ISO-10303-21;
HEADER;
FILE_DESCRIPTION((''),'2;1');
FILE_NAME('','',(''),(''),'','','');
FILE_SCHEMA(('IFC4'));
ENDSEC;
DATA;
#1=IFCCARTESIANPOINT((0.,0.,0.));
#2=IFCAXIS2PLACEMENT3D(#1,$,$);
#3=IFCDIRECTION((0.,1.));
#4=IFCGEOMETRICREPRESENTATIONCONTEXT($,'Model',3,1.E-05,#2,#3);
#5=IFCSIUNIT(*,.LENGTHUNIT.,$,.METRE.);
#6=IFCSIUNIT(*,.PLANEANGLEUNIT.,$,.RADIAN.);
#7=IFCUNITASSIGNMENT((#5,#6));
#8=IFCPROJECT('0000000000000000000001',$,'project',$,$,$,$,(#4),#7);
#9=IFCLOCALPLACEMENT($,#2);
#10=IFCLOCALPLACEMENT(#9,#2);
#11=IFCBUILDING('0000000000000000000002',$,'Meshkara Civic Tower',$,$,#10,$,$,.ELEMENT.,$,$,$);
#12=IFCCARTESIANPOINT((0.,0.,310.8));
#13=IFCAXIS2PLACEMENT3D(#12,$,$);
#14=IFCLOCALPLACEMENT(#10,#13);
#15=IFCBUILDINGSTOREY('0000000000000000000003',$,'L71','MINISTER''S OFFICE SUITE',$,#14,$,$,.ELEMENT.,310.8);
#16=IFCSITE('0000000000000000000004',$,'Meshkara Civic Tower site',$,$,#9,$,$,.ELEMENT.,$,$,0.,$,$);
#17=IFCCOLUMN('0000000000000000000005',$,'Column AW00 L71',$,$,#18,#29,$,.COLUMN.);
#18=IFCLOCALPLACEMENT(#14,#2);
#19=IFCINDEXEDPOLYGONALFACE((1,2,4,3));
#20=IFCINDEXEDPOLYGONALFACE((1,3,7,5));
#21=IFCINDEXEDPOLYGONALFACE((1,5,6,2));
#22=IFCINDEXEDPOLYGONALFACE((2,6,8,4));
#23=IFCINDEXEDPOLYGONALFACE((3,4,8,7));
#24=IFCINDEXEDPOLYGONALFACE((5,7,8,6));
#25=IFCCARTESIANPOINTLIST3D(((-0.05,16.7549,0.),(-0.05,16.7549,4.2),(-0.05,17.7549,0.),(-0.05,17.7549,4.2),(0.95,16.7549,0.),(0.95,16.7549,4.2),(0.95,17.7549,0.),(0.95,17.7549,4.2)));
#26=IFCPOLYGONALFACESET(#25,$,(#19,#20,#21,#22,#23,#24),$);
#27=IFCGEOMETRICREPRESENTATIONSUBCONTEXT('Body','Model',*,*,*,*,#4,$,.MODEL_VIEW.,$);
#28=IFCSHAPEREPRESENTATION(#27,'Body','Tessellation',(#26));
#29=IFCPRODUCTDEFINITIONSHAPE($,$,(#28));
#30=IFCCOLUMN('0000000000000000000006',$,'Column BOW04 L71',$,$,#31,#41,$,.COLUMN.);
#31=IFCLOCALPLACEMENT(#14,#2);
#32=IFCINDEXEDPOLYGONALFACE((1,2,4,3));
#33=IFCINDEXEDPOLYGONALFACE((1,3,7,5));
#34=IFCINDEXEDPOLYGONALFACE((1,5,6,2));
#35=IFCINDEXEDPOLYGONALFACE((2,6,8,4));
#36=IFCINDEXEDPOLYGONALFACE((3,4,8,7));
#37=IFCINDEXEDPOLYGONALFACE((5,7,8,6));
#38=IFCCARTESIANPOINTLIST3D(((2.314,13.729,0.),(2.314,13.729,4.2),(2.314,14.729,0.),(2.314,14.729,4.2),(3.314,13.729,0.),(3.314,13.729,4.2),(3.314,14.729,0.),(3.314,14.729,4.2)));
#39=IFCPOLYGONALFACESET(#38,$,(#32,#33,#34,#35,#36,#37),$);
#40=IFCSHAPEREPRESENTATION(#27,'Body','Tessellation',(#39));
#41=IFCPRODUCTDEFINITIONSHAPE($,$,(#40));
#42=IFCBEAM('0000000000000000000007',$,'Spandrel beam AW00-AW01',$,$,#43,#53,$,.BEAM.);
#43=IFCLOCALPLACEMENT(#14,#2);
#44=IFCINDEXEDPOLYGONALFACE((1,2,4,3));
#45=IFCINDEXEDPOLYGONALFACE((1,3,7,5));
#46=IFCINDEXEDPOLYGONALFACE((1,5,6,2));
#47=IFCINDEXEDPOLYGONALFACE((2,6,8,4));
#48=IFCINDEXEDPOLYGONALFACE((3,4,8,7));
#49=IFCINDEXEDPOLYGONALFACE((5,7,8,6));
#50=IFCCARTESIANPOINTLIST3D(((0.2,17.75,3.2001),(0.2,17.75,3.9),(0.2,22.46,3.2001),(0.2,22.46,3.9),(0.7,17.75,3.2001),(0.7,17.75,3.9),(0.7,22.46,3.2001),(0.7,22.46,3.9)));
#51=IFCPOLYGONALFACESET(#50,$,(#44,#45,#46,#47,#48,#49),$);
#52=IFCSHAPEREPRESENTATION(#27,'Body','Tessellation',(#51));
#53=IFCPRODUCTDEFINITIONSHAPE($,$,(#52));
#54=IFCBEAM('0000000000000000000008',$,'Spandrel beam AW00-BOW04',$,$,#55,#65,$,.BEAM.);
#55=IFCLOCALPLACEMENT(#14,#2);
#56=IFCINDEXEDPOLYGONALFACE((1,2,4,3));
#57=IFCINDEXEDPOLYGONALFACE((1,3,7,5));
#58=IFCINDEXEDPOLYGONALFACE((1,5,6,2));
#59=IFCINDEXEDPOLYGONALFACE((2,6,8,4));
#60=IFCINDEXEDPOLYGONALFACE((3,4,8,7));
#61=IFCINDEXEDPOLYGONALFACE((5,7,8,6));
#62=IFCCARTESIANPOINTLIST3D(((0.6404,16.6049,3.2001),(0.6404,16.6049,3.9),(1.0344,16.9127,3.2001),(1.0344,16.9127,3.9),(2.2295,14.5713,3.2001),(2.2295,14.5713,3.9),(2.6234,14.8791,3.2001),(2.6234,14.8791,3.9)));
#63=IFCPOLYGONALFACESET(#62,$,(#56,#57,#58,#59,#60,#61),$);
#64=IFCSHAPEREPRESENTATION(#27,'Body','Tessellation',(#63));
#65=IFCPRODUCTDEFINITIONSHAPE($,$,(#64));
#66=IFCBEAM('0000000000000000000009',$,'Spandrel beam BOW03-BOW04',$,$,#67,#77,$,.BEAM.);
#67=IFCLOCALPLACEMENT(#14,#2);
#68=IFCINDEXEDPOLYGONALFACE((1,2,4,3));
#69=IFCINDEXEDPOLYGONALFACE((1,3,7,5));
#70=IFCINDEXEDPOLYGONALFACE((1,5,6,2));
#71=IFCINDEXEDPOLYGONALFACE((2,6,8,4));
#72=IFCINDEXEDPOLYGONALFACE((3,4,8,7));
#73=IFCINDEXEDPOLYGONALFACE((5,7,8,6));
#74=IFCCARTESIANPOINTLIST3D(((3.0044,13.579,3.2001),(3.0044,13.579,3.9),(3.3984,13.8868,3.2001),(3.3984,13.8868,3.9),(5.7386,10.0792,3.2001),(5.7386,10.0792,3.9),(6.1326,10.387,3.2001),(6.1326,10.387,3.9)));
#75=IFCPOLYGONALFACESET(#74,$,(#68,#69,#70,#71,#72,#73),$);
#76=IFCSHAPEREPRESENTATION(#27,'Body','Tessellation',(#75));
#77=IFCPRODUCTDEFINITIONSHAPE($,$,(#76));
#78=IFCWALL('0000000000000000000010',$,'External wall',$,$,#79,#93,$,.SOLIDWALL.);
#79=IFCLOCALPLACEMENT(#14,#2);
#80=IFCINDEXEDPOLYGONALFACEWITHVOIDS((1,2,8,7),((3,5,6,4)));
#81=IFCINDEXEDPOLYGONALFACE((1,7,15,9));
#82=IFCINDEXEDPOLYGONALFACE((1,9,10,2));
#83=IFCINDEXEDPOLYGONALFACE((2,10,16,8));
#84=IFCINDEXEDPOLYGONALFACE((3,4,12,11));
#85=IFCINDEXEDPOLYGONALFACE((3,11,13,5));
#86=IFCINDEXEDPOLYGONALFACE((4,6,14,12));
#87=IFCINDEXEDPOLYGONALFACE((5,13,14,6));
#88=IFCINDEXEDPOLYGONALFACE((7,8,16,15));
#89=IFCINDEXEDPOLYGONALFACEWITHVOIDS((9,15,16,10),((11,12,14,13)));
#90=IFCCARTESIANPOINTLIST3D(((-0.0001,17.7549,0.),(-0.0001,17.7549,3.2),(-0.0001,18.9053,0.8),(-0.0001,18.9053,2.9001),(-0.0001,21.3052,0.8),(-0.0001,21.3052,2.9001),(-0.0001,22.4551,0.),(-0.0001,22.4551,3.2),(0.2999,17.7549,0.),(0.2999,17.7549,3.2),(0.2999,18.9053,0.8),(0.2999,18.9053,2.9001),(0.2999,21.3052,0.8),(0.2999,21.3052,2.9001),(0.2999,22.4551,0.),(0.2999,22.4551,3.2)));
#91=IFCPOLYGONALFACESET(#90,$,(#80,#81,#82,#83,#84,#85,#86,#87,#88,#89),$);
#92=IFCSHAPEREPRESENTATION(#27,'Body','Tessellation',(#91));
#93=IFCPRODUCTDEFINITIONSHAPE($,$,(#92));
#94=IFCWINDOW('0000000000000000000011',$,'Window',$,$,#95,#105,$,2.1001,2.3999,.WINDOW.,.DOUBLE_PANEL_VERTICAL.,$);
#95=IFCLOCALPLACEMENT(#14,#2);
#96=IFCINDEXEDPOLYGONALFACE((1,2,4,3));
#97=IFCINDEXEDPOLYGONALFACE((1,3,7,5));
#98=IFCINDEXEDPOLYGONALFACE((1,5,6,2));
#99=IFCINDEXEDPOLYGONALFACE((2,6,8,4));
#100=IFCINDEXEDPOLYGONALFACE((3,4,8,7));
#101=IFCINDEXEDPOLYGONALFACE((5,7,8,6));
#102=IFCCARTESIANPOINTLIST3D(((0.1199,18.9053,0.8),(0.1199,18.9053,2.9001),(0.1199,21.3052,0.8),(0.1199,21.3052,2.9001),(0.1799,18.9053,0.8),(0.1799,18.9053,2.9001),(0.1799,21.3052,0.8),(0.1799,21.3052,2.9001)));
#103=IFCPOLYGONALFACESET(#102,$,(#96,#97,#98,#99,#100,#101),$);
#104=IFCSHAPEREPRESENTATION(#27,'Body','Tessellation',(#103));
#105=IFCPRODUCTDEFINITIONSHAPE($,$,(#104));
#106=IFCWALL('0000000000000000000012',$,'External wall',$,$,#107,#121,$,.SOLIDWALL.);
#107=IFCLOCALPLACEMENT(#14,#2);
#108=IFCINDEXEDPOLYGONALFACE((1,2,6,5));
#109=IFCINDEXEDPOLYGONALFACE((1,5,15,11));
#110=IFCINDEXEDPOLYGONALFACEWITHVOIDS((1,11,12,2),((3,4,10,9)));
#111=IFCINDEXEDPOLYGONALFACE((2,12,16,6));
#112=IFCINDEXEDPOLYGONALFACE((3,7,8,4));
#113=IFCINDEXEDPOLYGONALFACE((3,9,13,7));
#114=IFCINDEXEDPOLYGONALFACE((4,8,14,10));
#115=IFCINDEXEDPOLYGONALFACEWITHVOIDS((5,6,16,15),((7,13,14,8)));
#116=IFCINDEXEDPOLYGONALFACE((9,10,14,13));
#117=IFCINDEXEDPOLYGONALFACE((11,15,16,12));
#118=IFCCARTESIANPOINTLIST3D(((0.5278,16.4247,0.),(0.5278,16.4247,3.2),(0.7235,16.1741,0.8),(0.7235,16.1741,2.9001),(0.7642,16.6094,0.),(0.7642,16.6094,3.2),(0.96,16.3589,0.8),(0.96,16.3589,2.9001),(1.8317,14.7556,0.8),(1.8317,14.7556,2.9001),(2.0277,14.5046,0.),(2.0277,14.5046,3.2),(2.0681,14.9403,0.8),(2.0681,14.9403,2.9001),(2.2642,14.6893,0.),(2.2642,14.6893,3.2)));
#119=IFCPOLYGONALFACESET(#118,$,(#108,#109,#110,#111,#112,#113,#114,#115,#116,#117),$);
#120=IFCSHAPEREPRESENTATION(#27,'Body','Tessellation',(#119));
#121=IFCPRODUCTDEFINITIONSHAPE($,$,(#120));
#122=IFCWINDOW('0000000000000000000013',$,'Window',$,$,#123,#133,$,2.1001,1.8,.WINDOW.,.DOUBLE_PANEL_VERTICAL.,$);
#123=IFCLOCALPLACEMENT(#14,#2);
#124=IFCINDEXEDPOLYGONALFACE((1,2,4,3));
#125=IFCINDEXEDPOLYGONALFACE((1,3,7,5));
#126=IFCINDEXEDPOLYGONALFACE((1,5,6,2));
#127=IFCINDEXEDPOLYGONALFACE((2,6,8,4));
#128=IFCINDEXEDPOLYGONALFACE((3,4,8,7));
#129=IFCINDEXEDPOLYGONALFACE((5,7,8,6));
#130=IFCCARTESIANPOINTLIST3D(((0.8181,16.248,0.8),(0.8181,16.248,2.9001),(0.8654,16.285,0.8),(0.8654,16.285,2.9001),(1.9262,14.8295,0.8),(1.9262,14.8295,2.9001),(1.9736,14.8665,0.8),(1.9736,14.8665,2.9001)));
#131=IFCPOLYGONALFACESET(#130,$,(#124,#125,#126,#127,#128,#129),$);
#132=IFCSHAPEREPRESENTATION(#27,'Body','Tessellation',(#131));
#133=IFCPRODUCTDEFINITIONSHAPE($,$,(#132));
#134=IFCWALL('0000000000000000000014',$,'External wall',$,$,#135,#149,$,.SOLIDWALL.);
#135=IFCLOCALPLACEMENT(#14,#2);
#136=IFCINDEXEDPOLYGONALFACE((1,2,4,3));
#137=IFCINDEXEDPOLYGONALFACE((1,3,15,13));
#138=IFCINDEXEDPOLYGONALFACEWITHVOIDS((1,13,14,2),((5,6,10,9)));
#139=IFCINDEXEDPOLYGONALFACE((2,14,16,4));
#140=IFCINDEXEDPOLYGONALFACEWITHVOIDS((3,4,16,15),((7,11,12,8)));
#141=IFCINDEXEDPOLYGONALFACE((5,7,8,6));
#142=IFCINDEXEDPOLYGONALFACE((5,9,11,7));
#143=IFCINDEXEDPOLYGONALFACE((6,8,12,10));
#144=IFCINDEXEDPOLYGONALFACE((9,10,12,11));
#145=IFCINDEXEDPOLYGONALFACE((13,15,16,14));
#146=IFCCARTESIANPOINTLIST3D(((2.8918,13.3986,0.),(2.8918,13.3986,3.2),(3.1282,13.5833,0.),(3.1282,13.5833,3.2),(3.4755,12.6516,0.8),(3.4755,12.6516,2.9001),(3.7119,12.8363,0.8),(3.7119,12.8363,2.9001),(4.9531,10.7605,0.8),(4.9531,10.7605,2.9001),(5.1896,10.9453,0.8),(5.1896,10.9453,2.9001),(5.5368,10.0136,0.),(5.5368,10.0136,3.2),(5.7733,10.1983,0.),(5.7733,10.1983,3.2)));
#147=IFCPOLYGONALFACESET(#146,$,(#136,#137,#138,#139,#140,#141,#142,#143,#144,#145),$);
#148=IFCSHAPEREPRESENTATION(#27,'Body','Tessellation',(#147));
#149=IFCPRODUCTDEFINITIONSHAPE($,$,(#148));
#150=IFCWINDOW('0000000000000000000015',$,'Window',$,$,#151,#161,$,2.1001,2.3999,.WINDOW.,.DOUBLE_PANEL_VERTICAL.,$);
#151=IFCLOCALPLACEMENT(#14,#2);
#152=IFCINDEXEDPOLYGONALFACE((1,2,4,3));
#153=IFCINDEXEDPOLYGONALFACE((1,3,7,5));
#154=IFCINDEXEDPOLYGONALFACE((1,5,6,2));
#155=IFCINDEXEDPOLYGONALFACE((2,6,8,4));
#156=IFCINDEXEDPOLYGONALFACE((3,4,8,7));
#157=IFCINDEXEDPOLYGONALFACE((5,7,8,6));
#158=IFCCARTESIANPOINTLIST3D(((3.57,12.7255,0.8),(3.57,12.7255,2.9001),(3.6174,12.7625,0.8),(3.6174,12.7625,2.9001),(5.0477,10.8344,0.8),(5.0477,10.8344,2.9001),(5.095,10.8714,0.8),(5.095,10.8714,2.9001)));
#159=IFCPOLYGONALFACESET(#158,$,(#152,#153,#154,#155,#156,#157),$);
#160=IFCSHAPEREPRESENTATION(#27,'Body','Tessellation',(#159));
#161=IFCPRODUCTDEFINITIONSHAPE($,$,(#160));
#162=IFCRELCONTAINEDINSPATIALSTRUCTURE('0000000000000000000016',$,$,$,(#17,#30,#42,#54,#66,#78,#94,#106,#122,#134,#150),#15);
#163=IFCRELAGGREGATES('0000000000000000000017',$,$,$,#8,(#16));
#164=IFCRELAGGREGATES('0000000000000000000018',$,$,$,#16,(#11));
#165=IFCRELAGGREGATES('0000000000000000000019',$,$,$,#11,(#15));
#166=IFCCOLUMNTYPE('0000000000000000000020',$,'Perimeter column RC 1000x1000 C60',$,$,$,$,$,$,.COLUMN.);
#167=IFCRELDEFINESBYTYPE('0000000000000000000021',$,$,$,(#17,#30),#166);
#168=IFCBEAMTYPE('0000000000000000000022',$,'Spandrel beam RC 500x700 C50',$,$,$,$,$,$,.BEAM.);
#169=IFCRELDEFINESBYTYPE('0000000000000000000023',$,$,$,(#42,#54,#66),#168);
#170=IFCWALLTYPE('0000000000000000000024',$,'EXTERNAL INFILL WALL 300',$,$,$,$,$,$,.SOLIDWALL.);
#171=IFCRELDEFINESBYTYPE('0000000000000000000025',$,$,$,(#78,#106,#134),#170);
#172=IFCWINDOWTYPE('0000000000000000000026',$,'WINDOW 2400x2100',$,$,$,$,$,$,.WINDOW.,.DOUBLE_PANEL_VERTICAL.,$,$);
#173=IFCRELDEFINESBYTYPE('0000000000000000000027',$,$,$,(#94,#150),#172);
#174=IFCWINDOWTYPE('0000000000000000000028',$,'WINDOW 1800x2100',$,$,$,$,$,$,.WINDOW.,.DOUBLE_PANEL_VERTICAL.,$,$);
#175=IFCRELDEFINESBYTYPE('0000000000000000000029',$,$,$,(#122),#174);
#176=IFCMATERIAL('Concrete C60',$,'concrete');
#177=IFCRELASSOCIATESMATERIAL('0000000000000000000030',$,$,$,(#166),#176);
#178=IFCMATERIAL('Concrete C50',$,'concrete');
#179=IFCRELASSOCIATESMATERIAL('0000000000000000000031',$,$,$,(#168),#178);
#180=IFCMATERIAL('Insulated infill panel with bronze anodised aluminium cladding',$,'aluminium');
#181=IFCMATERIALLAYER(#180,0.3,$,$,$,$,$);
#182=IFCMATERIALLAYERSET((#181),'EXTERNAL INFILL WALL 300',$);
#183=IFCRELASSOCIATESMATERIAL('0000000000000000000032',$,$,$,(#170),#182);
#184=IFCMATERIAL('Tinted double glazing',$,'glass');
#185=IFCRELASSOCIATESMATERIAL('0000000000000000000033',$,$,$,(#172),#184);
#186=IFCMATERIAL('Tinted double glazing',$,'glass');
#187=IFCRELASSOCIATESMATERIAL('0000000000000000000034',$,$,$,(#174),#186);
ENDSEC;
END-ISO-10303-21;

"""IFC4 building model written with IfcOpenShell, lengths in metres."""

from ifc_helpers import new_model, si_unit, direction, frame, frame_2d, origin, origin_2d, place, context, subcontext, project, spatial, rectangle, extrude, material, layer, layer_set, material_profile, profile_set, type_object, element, fill, save


model = new_model("IFC4")

# Units and contexts
model_context = context("Model", 3, precision=1e-05, world=origin(), true_north=direction((0.0, 1.0)))
body_context = subcontext(model_context, "Body", "Model", "MODEL_VIEW")
ifc_project = project(units=[si_unit("LENGTHUNIT", "METRE"), si_unit("PLANEANGLEUNIT", "RADIAN")], contexts=[model_context])

# Site, building, storey
site_placement = place(None, origin())
site = spatial("IfcSite", under=ifc_project, at=site_placement, Name="Meshkara Civic Tower site", CompositionType="ELEMENT", RefElevation=0.0)
building_placement = place(site_placement, origin())
building = spatial("IfcBuilding", under=site, at=building_placement, Name="Meshkara Civic Tower", CompositionType="ELEMENT")
storey_placement = place(building_placement, frame((0.0, 0.0, 310.8)))
storey = spatial("IfcBuildingStorey", under=building, at=storey_placement, Name="L71", Description="MINISTER'S OFFICE SUITE", CompositionType="ELEMENT", Elevation=310.8)

# Columns
ifc_material_1 = material(Name="Concrete C60", Category="concrete")
ifc_material_profile_1 = material_profile(ifc_material_1, rectangle(XDim=1.0, YDim=1.0, at=origin_2d()))
ifc_profile_set_1 = profile_set([ifc_material_profile_1], Name="Concrete C60")
column_type = type_object("IfcColumnType", Name="Perimeter column RC 1000x1000 C60", PredefinedType="COLUMN", material=ifc_profile_set_1)
for number, where, z_axis, x_axis, name in (
    (1, (0.45, 17.2549, 0.0), (0.0, 0.0, 1.0), (1.0, 0.0, 0.0), "Column AW00 L71"),
    (2, (2.814, 14.229, 0.0), (0.0, 0.0, 1.0), (1.0, 0.0, 0.0), "Column BOW04 L71"),
):
    element("IfcColumn", number, at=place(storey_placement, frame(where, z_axis=z_axis, x_axis=x_axis)), inside=storey, type_object=column_type, Name=name, PredefinedType="COLUMN", context=body_context, shape_type="SweptSolid", body=[
        extrude(rectangle(XDim=1.0, YDim=1.0, at=origin_2d()), origin(), (0.0, 0.0, 1.0), 4.2),
    ])

# Beams
ifc_material_2 = material(Name="Concrete C50", Category="concrete")
ifc_material_profile_2 = material_profile(ifc_material_2, rectangle(XDim=0.5, YDim=0.7, at=origin_2d()))
ifc_profile_set_2 = profile_set([ifc_material_profile_2], Name="Concrete C50")
beam_type = type_object("IfcBeamType", Name="Spandrel beam RC 500x700 C50", PredefinedType="BEAM", material=ifc_profile_set_2)
beam_1_placement = place(storey_placement, frame((0.45, 22.46, 3.55), z_axis=(0.0, -1.0, 0.0), x_axis=(1.0, 0.0, 0.0)))
element("IfcBeam", 3, at=beam_1_placement, inside=storey, type_object=beam_type, Name="Spandrel beam AW00-AW01", PredefinedType="BEAM", context=body_context, shape_type="SweptSolid", body=[
    extrude(rectangle(XDim=0.5, YDim=0.7, at=origin_2d()), origin(), (0.0, 0.0, 1.0), 4.71),
])
beam_2_placement = place(storey_placement, frame((0.8374, 16.7588, 3.55), z_axis=(0.615714, -0.78797, 0.0), x_axis=(0.78797, 0.615714, 0.0)))
element("IfcBeam", 4, at=beam_2_placement, inside=storey, type_object=beam_type, Name="Spandrel beam AW00-BOW04", PredefinedType="BEAM", context=body_context, shape_type="SweptSolid", body=[
    extrude(rectangle(XDim=0.5, YDim=0.7, at=origin_2d()), origin(), (0.0, 0.0, 1.0), 2.5808),
])
beam_3_placement = place(storey_placement, frame((3.2014, 13.7329, 3.55), z_axis=(0.615637, -0.78803, 0.0), x_axis=(0.78803, 0.615637, 0.0)))
element("IfcBeam", 5, at=beam_3_placement, inside=storey, type_object=beam_type, Name="Spandrel beam BOW03-BOW04", PredefinedType="BEAM", context=body_context, shape_type="SweptSolid", body=[
    extrude(rectangle(XDim=0.5, YDim=0.7, at=origin_2d()), origin(), (0.0, 0.0, 1.0), 4.4412),
])

# Walls, openings, windows
ifc_material_3 = material(Name="Insulated infill panel with bronze anodised aluminium cladding", Category="aluminium")
ifc_layer = layer(ifc_material_3, 0.3)
ifc_layer_set = layer_set([ifc_layer], Name="EXTERNAL INFILL WALL 300")
wall_type = type_object("IfcWallType", Name="EXTERNAL INFILL WALL 300", PredefinedType="SOLIDWALL", material=ifc_layer_set)
wall_1_placement = place(storey_placement, frame((0.1499, 22.4551, 0.0), z_axis=(0.0, 0.0, 1.0), x_axis=(0.0, -1.0, 0.0)))
wall_1 = element("IfcWall", 6, at=wall_1_placement, inside=storey, type_object=wall_type, Name="External wall", PredefinedType="SOLIDWALL", context=body_context, shape_type="SweptSolid", body=[
    extrude(rectangle(XDim=4.7002, YDim=0.3, at=frame_2d((2.3501, 0.0))), origin(), (0.0, 0.0, 1.0), 3.2),
])
opening_1_placement = place(wall_1_placement, frame((1.1499, 0.0, 0.8)))
opening_1 = element("IfcOpeningElement", 7, at=opening_1_placement, cuts=wall_1, PredefinedType="OPENING", context=body_context, shape_type="SweptSolid", body=[
    extrude(rectangle(XDim=2.3999, YDim=2.1001, at=frame_2d((1.2, 1.05))), frame((0.0, 0.1599, 0.0), z_axis=(0.0, -1.0, 0.0), x_axis=(1.0, 0.0, 0.0)), (0.0, 0.0, 1.0), 0.3201),
])
ifc_material_4 = material(Name="Tinted double glazing", Category="glass")
window_type_1 = type_object("IfcWindowType", Name="WINDOW 2400x2100", PartitioningType="DOUBLE_PANEL_VERTICAL", PredefinedType="WINDOW", material=ifc_material_4)
window_1_placement = place(opening_1_placement, origin())
window_1 = element("IfcWindow", 8, at=window_1_placement, inside=storey, type_object=window_type_1, Name="Window", OverallHeight=2.1001, OverallWidth=2.3999, PartitioningType="DOUBLE_PANEL_VERTICAL", PredefinedType="WINDOW", context=body_context, shape_type="SweptSolid", body=[
    extrude(rectangle(XDim=2.3999, YDim=2.1001, at=frame_2d((1.2, 1.05))), frame((0.0, 0.03, 0.0), z_axis=(0.0, -1.0, 0.0), x_axis=(1.0, 0.0, 0.0)), (0.0, 0.0, 1.0), 0.0601),
])
fill(opening_1, window_1)
wall_2_placement = place(storey_placement, frame((0.646, 16.5171, 0.0), z_axis=(0.0, 0.0, 1.0), x_axis=(0.615611, -0.78805, 0.0)))
wall_2 = element("IfcWall", 9, at=wall_2_placement, inside=storey, type_object=wall_type, Name="External wall", PredefinedType="SOLIDWALL", context=body_context, shape_type="SweptSolid", body=[
    extrude(rectangle(XDim=2.4365, YDim=0.3, at=frame_2d((1.2183, 0.0))), origin(), (0.0, 0.0, 1.0), 3.2),
])
opening_2_placement = place(wall_2_placement, frame((0.3181, 0.0, 0.8)))
opening_2 = element("IfcOpeningElement", 10, at=opening_2_placement, cuts=wall_2, PredefinedType="OPENING", context=body_context, shape_type="SweptSolid", body=[
    extrude(rectangle(XDim=1.8, YDim=2.1001, at=frame_2d((0.8999, 1.05))), frame((0.0, 0.1599, 0.0), z_axis=(0.0, -1.0, 0.0), x_axis=(1.0, 0.0, 0.0)), (0.0, 0.0, 1.0), 0.3201),
])
ifc_material_5 = material(Name="Tinted double glazing", Category="glass")
window_type_2 = type_object("IfcWindowType", Name="WINDOW 1800x2100", PartitioningType="DOUBLE_PANEL_VERTICAL", PredefinedType="WINDOW", material=ifc_material_5)
window_2_placement = place(opening_2_placement, origin())
window_2 = element("IfcWindow", 11, at=window_2_placement, inside=storey, type_object=window_type_2, Name="Window", OverallHeight=2.1001, OverallWidth=1.8, PartitioningType="DOUBLE_PANEL_VERTICAL", PredefinedType="WINDOW", context=body_context, shape_type="SweptSolid", body=[
    extrude(rectangle(XDim=1.8, YDim=2.1001, at=frame_2d((0.8999, 1.05))), frame((0.0, 0.03, 0.0), z_axis=(0.0, -1.0, 0.0), x_axis=(1.0, 0.0, 0.0)), (0.0, 0.0, 1.0), 0.0601),
])
fill(opening_2, window_2)
wall_3_placement = place(storey_placement, frame((3.01, 13.491, 0.0), z_axis=(0.0, 0.0, 1.0), x_axis=(0.615714, -0.78797, 0.0)))
wall_3 = element("IfcWall", 12, at=wall_3_placement, inside=storey, type_object=wall_type, Name="External wall", PredefinedType="SOLIDWALL", context=body_context, shape_type="SweptSolid", body=[
    extrude(rectangle(XDim=4.2959, YDim=0.3, at=frame_2d((2.1479, 0.0))), origin(), (0.0, 0.0, 1.0), 3.2),
])
opening_3_placement = place(wall_3_placement, frame((0.948, 0.0, 0.8)))
opening_3 = element("IfcOpeningElement", 13, at=opening_3_placement, cuts=wall_3, PredefinedType="OPENING", context=body_context, shape_type="SweptSolid", body=[
    extrude(rectangle(XDim=2.3999, YDim=2.1001, at=frame_2d((1.2, 1.05))), frame((0.0, 0.1599, 0.0), z_axis=(0.0, -1.0, 0.0), x_axis=(1.0, 0.0, 0.0)), (0.0, 0.0, 1.0), 0.3201),
])
window_3_placement = place(opening_3_placement, origin())
window_3 = element("IfcWindow", 14, at=window_3_placement, inside=storey, type_object=window_type_1, Name="Window", OverallHeight=2.1001, OverallWidth=2.3999, PartitioningType="DOUBLE_PANEL_VERTICAL", PredefinedType="WINDOW", context=body_context, shape_type="SweptSolid", body=[
    extrude(rectangle(XDim=2.3999, YDim=2.1001, at=frame_2d((1.2, 1.05))), frame((0.0, 0.03, 0.0), z_axis=(0.0, -1.0, 0.0), x_axis=(1.0, 0.0, 0.0)), (0.0, 0.0, 1.0), 0.0601),
])
fill(opening_3, window_3)

save(model, "model.ifc")
